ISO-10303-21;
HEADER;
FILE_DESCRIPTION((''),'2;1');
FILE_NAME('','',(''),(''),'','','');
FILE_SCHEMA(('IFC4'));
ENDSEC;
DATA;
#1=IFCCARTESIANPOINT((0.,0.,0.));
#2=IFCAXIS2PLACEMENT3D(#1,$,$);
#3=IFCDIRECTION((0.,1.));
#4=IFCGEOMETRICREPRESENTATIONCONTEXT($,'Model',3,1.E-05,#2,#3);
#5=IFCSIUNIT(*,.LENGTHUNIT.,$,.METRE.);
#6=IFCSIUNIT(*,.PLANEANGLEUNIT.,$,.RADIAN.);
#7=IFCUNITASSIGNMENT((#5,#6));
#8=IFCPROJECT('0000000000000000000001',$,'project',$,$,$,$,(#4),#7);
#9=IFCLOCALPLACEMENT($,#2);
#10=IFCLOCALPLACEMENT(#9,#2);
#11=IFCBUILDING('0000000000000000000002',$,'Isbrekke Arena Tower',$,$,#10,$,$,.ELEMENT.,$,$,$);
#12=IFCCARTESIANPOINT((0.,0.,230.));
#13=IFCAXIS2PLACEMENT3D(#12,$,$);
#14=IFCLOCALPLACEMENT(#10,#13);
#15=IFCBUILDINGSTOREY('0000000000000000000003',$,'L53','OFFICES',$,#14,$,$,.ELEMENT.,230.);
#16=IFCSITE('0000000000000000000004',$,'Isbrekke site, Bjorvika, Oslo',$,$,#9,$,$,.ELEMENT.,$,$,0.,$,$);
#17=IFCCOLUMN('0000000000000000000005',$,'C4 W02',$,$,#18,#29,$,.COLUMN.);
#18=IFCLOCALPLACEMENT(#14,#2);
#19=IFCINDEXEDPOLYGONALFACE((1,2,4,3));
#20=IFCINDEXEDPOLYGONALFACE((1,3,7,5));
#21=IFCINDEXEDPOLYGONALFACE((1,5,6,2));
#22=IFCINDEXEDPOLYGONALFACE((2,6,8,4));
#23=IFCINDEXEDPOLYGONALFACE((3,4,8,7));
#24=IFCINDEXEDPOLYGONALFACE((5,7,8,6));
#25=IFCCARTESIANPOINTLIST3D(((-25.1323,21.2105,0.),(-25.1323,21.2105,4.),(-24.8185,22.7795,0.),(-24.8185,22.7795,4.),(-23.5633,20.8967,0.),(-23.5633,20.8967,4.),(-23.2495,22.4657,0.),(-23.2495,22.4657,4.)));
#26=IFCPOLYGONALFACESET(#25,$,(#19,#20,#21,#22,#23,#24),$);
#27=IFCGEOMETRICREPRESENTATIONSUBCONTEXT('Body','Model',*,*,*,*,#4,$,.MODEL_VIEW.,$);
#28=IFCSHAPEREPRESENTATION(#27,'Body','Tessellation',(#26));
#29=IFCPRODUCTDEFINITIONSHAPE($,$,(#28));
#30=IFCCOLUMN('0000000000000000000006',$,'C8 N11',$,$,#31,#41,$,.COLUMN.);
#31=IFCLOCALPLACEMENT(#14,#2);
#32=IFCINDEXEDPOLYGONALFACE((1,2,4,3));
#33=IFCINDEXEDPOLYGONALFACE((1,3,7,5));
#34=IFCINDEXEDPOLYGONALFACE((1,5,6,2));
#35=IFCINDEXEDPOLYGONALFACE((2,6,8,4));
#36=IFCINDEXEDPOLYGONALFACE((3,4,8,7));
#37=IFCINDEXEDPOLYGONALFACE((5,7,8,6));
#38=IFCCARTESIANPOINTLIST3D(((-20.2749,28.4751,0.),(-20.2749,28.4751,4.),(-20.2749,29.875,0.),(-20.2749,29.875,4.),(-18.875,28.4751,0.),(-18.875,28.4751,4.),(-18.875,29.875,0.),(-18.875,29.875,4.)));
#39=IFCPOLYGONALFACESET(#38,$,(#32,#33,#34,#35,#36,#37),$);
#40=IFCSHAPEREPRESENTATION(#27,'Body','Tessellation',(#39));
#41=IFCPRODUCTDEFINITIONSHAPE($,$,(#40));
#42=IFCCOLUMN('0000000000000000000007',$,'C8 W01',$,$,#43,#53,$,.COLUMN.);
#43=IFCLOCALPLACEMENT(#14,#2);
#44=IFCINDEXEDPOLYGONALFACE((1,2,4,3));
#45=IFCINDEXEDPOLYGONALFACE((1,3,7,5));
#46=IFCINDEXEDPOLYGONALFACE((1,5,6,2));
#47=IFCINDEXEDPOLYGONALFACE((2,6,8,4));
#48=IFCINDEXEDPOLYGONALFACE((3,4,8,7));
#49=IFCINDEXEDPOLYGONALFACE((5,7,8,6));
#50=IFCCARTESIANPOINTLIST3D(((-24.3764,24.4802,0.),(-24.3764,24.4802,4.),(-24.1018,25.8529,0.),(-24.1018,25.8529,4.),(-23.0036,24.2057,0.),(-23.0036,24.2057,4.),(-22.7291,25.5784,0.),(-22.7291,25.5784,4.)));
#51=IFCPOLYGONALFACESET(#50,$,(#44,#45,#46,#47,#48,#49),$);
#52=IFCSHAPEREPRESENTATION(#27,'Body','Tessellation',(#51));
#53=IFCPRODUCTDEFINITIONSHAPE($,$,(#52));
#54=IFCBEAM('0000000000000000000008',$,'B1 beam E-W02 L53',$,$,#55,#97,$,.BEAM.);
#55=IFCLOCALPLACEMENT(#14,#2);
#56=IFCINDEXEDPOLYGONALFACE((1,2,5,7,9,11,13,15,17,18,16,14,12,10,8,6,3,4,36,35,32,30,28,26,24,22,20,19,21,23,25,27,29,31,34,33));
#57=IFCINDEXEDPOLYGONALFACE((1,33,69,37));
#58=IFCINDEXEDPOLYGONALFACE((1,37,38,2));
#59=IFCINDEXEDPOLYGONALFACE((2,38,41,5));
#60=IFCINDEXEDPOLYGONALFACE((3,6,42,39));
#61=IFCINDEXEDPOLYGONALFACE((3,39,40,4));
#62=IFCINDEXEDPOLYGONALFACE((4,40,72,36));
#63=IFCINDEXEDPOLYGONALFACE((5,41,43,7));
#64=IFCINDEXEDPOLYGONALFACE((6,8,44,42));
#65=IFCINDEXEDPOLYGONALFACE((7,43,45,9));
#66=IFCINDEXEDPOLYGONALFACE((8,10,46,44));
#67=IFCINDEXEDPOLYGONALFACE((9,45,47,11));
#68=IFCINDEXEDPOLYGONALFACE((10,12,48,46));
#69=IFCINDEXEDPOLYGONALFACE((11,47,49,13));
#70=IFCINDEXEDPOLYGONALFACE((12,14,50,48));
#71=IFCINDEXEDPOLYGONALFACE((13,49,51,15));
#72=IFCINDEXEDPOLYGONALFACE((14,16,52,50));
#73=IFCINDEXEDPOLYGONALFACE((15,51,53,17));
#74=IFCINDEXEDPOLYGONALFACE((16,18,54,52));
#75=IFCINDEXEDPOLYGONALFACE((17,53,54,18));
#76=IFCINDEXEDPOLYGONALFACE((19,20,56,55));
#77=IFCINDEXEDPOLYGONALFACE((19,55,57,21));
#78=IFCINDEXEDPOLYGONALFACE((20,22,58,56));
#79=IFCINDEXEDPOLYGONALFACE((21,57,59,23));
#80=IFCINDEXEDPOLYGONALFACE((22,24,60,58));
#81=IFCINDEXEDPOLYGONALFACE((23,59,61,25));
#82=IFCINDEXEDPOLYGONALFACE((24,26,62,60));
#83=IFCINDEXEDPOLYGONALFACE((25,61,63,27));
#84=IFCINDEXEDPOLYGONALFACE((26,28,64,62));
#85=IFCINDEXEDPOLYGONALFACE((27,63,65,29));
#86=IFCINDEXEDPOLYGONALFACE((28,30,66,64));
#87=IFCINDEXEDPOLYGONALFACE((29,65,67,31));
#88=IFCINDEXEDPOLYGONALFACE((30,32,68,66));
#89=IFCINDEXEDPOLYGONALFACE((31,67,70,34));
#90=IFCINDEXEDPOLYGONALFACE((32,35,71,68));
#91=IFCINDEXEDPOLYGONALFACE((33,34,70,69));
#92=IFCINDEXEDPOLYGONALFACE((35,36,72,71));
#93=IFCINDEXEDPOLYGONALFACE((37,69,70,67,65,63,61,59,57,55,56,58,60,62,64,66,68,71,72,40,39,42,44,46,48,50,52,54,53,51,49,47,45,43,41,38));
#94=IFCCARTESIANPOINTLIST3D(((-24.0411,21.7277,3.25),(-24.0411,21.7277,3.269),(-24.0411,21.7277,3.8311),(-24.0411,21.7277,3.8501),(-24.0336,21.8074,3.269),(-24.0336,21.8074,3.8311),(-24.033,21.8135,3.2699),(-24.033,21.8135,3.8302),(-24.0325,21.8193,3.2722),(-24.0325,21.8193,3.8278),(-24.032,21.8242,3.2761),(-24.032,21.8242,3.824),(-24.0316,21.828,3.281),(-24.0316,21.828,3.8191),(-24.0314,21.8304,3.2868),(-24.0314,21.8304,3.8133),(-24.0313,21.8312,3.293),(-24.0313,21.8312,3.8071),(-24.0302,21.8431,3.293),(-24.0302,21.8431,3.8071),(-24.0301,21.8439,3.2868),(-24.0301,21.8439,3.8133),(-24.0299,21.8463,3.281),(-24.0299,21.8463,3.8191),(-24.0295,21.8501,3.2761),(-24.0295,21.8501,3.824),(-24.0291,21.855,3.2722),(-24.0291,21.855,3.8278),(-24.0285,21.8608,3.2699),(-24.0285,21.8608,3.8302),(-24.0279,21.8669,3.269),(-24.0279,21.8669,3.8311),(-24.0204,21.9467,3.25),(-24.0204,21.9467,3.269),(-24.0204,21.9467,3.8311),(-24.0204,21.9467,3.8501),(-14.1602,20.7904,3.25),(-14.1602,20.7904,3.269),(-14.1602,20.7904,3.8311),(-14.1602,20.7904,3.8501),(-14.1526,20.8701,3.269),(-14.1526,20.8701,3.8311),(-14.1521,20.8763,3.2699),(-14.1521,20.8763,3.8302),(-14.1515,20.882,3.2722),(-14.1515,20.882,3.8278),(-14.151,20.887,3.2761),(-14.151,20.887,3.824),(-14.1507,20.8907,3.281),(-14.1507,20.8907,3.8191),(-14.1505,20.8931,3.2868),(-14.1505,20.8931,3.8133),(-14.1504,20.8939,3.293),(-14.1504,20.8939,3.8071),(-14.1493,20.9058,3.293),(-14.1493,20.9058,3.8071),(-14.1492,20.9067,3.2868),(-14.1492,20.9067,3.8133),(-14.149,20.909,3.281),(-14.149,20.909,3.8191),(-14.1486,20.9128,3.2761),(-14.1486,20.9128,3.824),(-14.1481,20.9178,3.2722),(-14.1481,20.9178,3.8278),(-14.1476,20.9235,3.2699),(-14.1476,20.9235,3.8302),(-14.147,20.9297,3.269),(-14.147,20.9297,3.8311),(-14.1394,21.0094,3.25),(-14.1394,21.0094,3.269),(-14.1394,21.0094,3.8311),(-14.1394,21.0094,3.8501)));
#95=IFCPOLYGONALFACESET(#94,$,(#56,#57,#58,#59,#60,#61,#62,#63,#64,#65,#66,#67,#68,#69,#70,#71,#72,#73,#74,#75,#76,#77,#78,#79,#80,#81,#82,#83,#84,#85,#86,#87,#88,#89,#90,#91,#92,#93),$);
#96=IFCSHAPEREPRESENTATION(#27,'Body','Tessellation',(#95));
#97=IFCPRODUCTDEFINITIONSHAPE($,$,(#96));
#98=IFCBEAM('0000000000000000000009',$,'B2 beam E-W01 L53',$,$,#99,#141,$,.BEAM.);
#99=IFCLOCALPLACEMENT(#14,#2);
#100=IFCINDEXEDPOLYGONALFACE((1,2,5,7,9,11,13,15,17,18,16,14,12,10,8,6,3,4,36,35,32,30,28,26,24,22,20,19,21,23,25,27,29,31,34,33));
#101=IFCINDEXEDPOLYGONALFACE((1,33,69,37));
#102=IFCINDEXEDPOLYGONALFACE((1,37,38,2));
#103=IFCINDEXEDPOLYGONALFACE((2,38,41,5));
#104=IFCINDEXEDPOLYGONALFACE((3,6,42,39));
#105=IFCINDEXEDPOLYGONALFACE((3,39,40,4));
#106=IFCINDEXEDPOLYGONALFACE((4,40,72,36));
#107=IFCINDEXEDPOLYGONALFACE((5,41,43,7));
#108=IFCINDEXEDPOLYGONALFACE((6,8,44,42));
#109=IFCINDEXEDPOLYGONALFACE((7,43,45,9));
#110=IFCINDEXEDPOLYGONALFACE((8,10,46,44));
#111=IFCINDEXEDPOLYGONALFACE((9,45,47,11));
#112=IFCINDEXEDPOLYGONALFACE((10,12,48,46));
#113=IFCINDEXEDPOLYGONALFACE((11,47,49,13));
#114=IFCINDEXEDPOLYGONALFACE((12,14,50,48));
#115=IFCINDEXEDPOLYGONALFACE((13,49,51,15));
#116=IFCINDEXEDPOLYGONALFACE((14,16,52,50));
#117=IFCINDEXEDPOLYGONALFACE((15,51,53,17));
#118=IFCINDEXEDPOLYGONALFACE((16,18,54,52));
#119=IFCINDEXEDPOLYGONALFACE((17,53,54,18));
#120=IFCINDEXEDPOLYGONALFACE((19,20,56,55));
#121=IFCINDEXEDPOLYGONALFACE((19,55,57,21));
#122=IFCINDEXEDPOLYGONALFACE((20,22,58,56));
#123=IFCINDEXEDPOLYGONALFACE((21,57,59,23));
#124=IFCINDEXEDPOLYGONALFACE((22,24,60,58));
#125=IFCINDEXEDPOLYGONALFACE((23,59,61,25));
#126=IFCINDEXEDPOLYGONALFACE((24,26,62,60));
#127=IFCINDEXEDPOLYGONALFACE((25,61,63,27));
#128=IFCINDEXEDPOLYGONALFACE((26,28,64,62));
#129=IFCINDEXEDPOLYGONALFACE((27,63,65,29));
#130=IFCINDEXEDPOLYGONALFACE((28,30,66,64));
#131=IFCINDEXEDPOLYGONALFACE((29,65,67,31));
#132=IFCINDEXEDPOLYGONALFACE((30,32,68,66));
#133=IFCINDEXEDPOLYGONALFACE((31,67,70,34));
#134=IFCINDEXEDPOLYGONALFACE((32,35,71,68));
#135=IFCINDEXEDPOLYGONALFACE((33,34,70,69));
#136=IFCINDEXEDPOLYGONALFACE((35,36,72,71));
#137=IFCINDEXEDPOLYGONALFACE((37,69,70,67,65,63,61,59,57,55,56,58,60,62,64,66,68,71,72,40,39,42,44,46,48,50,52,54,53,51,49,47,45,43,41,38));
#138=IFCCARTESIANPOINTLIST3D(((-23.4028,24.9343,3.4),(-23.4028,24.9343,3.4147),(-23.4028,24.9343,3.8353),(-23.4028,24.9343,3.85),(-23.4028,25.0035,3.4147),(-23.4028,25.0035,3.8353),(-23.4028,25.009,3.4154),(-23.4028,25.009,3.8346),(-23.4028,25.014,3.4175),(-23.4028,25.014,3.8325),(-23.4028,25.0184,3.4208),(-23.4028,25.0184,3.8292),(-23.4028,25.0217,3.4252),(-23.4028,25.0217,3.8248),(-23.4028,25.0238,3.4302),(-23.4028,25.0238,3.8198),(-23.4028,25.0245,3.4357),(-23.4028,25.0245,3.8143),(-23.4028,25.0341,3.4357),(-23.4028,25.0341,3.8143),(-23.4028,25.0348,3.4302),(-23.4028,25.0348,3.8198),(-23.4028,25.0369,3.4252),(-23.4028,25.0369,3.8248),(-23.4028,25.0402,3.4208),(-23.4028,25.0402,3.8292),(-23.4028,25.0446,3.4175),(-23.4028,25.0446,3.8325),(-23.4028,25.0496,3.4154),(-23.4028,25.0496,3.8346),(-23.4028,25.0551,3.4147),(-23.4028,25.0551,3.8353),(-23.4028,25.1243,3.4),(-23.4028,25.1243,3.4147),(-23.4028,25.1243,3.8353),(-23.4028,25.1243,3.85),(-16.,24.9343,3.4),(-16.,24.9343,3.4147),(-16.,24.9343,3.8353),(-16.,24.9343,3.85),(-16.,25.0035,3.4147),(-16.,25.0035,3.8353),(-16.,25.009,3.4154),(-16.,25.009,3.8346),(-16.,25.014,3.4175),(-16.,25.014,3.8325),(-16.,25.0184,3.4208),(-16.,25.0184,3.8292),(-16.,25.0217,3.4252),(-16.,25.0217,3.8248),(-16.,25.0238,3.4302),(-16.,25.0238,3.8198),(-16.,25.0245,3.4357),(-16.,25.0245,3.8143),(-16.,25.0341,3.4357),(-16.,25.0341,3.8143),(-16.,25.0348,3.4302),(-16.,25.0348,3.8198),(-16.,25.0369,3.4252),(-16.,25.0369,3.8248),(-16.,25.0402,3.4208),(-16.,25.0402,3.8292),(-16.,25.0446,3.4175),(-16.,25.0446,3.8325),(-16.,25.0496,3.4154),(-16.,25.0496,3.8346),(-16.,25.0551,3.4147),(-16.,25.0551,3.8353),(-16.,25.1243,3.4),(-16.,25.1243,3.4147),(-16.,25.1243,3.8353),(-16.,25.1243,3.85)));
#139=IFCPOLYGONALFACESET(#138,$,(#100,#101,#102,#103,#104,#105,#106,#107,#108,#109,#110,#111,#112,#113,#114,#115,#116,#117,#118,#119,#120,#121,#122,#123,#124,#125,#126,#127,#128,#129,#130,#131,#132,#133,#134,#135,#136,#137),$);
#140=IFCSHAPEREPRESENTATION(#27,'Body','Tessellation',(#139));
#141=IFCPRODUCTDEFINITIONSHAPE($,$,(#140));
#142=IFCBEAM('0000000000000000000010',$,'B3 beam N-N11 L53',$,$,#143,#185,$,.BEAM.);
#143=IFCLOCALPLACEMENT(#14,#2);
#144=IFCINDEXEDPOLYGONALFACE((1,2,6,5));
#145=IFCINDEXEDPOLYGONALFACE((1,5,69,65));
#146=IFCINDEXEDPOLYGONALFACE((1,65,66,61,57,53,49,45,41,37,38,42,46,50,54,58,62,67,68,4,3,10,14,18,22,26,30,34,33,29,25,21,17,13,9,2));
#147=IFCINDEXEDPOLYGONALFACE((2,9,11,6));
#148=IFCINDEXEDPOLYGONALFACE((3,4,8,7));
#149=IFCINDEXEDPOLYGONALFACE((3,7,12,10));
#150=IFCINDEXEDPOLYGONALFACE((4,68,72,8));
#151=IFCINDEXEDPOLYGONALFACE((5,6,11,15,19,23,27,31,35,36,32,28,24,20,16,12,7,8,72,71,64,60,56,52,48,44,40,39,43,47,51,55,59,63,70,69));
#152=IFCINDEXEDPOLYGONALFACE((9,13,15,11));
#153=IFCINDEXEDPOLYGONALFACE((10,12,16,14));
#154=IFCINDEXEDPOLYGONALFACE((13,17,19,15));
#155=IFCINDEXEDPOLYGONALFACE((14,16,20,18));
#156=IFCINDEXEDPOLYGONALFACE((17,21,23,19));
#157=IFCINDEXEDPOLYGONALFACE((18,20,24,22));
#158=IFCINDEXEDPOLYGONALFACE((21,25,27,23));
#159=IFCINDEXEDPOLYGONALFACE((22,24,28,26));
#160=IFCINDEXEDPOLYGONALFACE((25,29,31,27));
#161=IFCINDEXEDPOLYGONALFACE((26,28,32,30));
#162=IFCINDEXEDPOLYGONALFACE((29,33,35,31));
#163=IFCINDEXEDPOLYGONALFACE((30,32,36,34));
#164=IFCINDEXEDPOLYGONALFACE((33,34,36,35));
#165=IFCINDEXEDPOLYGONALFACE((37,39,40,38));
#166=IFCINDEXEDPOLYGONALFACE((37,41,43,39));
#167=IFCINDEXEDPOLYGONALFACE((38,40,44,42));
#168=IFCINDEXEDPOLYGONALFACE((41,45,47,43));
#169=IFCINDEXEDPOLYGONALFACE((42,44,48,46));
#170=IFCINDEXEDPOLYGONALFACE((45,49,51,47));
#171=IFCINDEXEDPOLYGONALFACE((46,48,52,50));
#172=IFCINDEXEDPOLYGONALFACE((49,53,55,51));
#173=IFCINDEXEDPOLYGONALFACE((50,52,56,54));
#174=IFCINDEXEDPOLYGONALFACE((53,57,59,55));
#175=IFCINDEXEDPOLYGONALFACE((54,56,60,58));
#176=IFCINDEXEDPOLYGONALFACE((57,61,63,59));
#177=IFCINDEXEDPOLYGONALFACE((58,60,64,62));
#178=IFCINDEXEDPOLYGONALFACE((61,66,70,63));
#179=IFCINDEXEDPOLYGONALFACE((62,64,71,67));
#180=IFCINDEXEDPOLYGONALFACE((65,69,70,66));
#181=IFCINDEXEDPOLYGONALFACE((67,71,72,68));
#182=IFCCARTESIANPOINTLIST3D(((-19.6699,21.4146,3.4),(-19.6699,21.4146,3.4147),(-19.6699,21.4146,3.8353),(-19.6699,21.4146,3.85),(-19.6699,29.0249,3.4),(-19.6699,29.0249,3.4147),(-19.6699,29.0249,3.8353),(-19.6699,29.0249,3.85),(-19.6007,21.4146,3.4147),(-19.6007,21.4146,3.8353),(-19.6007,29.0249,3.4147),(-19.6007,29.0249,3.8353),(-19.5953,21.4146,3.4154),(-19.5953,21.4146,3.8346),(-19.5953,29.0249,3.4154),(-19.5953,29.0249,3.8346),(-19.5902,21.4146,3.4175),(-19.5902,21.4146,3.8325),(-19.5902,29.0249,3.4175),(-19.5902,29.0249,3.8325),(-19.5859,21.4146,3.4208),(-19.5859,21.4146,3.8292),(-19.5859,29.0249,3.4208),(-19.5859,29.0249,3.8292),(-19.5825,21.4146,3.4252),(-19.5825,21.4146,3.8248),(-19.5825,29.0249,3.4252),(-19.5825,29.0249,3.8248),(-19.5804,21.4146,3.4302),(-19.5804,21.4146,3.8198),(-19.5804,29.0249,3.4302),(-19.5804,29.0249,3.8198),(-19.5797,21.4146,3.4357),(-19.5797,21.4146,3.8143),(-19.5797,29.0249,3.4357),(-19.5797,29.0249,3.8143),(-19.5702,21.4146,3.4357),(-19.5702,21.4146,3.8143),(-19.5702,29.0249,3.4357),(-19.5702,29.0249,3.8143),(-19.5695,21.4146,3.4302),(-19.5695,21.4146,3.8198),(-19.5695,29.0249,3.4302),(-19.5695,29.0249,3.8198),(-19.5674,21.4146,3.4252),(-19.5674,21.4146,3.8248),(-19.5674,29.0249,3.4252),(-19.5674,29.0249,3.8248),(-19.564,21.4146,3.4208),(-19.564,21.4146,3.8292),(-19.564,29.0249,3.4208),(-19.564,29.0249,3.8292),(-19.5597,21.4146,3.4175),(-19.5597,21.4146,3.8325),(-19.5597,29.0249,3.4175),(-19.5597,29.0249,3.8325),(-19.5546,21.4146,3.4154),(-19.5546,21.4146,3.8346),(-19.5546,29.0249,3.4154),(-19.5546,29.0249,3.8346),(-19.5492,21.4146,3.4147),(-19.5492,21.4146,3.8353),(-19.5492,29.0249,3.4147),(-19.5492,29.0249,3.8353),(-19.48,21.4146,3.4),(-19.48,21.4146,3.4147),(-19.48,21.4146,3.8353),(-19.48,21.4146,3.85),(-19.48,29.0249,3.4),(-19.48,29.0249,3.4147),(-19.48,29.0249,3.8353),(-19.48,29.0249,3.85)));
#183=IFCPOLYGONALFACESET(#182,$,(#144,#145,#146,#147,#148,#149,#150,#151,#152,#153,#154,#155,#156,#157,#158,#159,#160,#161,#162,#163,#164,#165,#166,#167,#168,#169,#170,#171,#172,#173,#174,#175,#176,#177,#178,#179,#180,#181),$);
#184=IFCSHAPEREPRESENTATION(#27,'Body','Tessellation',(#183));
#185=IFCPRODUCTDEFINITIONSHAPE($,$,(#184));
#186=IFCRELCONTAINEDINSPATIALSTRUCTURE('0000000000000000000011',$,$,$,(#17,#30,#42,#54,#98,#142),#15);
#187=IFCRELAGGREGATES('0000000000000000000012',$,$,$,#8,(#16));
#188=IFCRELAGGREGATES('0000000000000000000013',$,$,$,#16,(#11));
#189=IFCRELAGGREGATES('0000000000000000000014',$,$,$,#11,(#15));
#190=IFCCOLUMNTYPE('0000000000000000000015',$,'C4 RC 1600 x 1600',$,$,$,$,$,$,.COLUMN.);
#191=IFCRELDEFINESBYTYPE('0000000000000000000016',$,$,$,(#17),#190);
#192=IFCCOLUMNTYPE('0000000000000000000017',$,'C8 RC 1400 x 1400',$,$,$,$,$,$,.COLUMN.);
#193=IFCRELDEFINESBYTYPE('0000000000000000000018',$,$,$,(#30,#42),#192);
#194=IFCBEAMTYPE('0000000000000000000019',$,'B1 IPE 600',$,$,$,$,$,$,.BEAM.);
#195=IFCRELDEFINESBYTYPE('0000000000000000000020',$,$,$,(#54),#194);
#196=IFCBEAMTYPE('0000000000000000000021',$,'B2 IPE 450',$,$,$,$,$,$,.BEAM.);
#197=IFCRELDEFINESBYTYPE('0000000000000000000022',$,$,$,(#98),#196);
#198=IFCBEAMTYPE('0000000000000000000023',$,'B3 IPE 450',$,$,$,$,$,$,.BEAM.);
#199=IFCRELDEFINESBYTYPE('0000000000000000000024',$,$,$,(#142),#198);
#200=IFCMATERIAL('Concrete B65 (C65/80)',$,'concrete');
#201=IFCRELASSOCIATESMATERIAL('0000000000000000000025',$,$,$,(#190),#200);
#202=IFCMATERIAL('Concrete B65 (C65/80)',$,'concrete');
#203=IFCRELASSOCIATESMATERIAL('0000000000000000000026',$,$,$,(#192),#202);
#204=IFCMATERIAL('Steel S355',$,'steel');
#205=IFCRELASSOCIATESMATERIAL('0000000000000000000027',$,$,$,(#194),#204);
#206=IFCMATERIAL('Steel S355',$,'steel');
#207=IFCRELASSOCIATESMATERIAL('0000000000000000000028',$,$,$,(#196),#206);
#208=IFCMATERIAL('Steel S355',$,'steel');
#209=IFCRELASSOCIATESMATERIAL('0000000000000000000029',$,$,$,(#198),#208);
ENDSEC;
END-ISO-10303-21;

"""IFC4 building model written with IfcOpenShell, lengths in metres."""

from ifc_helpers import new_model, si_unit, direction, frame, origin, origin_2d, place, context, subcontext, project, spatial, rectangle, i_section, extrude, material, material_profile, profile_set, type_object, element, save


model = new_model("IFC4")

# Units and contexts
model_context = context("Model", 3, precision=1e-05, world=origin(), true_north=direction((0.0, 1.0)))
body_context = subcontext(model_context, "Body", "Model", "MODEL_VIEW")
ifc_project = project(units=[si_unit("LENGTHUNIT", "METRE"), si_unit("PLANEANGLEUNIT", "RADIAN")], contexts=[model_context])

# Site, building, storey
site_placement = place(None, origin())
site = spatial("IfcSite", under=ifc_project, at=site_placement, Name="Isbrekke site, Bjorvika, Oslo", CompositionType="ELEMENT", RefElevation=0.0)
building_placement = place(site_placement, origin())
building = spatial("IfcBuilding", under=site, at=building_placement, Name="Isbrekke Arena Tower", CompositionType="ELEMENT")
storey_placement = place(building_placement, frame((0.0, 0.0, 230.0)))
storey = spatial("IfcBuildingStorey", under=building, at=storey_placement, Name="L53", Description="OFFICES", CompositionType="ELEMENT", Elevation=230.0)

# Columns
ifc_material_1 = material(Name="Concrete B65 (C65/80)", Category="concrete")
ifc_material_profile_1 = material_profile(ifc_material_1, rectangle(XDim=1.6001, YDim=1.6001, at=origin_2d()), Name="RC 1600x1600")
ifc_profile_set_1 = profile_set([ifc_material_profile_1], Name="Concrete B65 (C65/80)")
column_type_1 = type_object("IfcColumnType", Name="C4 RC 1600 x 1600", PredefinedType="COLUMN", material=ifc_profile_set_1)
column_placement = place(storey_placement, frame((-24.1909, 21.8381, 0.0), z_axis=(0.0, 0.0, 1.0), x_axis=(-0.196116, -0.980581, 0.0)))
element("IfcColumn", 1, at=column_placement, inside=storey, type_object=column_type_1, Name="C4 W02", PredefinedType="COLUMN", context=body_context, shape_type="SweptSolid", body=[
    extrude(rectangle(XDim=1.6001, YDim=1.6001, at=origin_2d()), origin(), (0.0, 0.0, 1.0), 4.0),
])
ifc_material_2 = material(Name="Concrete B65 (C65/80)", Category="concrete")
ifc_material_profile_2 = material_profile(ifc_material_2, rectangle(XDim=1.3999, YDim=1.3999, at=origin_2d()), Name="RC 1400x1400")
ifc_profile_set_2 = profile_set([ifc_material_profile_2], Name="Concrete B65 (C65/80)")
column_type_2 = type_object("IfcColumnType", Name="C8 RC 1400 x 1400", PredefinedType="COLUMN", material=ifc_profile_set_2)
for number, where, z_axis, x_axis, name in (
    (2, (-19.575, 29.175, 0.0), (0.0, 0.0, 1.0), (-1.0, 0.0, 0.0), "C8 N11"),
    (3, (-23.5527, 25.0293, 0.0), (0.0, 0.0, 1.0), (-0.196116, -0.980581, 0.0), "C8 W01"),
):
    element("IfcColumn", number, at=place(storey_placement, frame(where, z_axis=z_axis, x_axis=x_axis)), inside=storey, type_object=column_type_2, Name=name, PredefinedType="COLUMN", context=body_context, shape_type="SweptSolid", body=[
        extrude(rectangle(XDim=1.3999, YDim=1.3999, at=origin_2d()), origin(), (0.0, 0.0, 1.0), 4.0),
    ])

# Beams
ifc_material_3 = material(Name="Steel S355", Category="steel")
ifc_material_profile_3 = material_profile(ifc_material_3, i_section(OverallWidth=0.22, OverallDepth=0.6001, WebThickness=0.012, FlangeThickness=0.019, FilletRadius=0.0239, at=origin_2d()), Name="IPE 600")
ifc_profile_set_3 = profile_set([ifc_material_profile_3], Name="Steel S355")
beam_type_1 = type_object("IfcBeamType", Name="B1 IPE 600", PredefinedType="BEAM", material=ifc_profile_set_3)
beam_1_placement = place(storey_placement, frame((-24.0308, 21.8372, 3.55), z_axis=(0.995531, -0.094432, 0.0), x_axis=(0.094432, 0.995531, 0.0)))
element("IfcBeam", 4, at=beam_1_placement, inside=storey, type_object=beam_type_1, Name="B1 beam E-W02 L53", PredefinedType="BEAM", context=body_context, shape_type="SweptSolid", body=[
    extrude(i_section(OverallWidth=0.22, OverallDepth=0.6001, WebThickness=0.012, FlangeThickness=0.019, FilletRadius=0.0239, at=origin_2d()), origin(), (0.0, 0.0, 1.0), 9.9253),
])
ifc_material_4 = material(Name="Steel S355", Category="steel")
ifc_material_profile_4 = material_profile(ifc_material_4, i_section(OverallWidth=0.1899, OverallDepth=0.45, WebThickness=0.0095, FlangeThickness=0.0146, FilletRadius=0.021, at=origin_2d()), Name="IPE 450")
ifc_profile_set_4 = profile_set([ifc_material_profile_4], Name="Steel S355")
beam_type_2 = type_object("IfcBeamType", Name="B2 IPE 450", PredefinedType="BEAM", material=ifc_profile_set_4)
beam_2_placement = place(storey_placement, frame((-23.4028, 25.0293, 3.625), z_axis=(1.0, 0.0, 0.0), x_axis=(0.0, 1.0, 0.0)))
element("IfcBeam", 5, at=beam_2_placement, inside=storey, type_object=beam_type_2, Name="B2 beam E-W01 L53", PredefinedType="BEAM", context=body_context, shape_type="SweptSolid", body=[
    extrude(i_section(OverallWidth=0.1899, OverallDepth=0.45, WebThickness=0.0095, FlangeThickness=0.0146, FilletRadius=0.021, at=origin_2d()), origin(), (0.0, 0.0, 1.0), 7.4028),
])
ifc_material_5 = material(Name="Steel S355", Category="steel")
ifc_material_profile_5 = material_profile(ifc_material_5, i_section(OverallWidth=0.1899, OverallDepth=0.45, WebThickness=0.0095, FlangeThickness=0.0146, FilletRadius=0.021, at=origin_2d()), Name="IPE 450")
ifc_profile_set_5 = profile_set([ifc_material_profile_5], Name="Steel S355")
beam_type_3 = type_object("IfcBeamType", Name="B3 IPE 450", PredefinedType="BEAM", material=ifc_profile_set_5)
beam_3_placement = place(storey_placement, frame((-19.575, 29.0249, 3.625), z_axis=(0.0, -1.0, 0.0), x_axis=(1.0, 0.0, 0.0)))
element("IfcBeam", 6, at=beam_3_placement, inside=storey, type_object=beam_type_3, Name="B3 beam N-N11 L53", PredefinedType="BEAM", context=body_context, shape_type="SweptSolid", body=[
    extrude(i_section(OverallWidth=0.1899, OverallDepth=0.45, WebThickness=0.0095, FlangeThickness=0.0146, FilletRadius=0.021, at=origin_2d()), origin(), (0.0, 0.0, 1.0), 7.6104),
])

save(model, "model.ifc")
